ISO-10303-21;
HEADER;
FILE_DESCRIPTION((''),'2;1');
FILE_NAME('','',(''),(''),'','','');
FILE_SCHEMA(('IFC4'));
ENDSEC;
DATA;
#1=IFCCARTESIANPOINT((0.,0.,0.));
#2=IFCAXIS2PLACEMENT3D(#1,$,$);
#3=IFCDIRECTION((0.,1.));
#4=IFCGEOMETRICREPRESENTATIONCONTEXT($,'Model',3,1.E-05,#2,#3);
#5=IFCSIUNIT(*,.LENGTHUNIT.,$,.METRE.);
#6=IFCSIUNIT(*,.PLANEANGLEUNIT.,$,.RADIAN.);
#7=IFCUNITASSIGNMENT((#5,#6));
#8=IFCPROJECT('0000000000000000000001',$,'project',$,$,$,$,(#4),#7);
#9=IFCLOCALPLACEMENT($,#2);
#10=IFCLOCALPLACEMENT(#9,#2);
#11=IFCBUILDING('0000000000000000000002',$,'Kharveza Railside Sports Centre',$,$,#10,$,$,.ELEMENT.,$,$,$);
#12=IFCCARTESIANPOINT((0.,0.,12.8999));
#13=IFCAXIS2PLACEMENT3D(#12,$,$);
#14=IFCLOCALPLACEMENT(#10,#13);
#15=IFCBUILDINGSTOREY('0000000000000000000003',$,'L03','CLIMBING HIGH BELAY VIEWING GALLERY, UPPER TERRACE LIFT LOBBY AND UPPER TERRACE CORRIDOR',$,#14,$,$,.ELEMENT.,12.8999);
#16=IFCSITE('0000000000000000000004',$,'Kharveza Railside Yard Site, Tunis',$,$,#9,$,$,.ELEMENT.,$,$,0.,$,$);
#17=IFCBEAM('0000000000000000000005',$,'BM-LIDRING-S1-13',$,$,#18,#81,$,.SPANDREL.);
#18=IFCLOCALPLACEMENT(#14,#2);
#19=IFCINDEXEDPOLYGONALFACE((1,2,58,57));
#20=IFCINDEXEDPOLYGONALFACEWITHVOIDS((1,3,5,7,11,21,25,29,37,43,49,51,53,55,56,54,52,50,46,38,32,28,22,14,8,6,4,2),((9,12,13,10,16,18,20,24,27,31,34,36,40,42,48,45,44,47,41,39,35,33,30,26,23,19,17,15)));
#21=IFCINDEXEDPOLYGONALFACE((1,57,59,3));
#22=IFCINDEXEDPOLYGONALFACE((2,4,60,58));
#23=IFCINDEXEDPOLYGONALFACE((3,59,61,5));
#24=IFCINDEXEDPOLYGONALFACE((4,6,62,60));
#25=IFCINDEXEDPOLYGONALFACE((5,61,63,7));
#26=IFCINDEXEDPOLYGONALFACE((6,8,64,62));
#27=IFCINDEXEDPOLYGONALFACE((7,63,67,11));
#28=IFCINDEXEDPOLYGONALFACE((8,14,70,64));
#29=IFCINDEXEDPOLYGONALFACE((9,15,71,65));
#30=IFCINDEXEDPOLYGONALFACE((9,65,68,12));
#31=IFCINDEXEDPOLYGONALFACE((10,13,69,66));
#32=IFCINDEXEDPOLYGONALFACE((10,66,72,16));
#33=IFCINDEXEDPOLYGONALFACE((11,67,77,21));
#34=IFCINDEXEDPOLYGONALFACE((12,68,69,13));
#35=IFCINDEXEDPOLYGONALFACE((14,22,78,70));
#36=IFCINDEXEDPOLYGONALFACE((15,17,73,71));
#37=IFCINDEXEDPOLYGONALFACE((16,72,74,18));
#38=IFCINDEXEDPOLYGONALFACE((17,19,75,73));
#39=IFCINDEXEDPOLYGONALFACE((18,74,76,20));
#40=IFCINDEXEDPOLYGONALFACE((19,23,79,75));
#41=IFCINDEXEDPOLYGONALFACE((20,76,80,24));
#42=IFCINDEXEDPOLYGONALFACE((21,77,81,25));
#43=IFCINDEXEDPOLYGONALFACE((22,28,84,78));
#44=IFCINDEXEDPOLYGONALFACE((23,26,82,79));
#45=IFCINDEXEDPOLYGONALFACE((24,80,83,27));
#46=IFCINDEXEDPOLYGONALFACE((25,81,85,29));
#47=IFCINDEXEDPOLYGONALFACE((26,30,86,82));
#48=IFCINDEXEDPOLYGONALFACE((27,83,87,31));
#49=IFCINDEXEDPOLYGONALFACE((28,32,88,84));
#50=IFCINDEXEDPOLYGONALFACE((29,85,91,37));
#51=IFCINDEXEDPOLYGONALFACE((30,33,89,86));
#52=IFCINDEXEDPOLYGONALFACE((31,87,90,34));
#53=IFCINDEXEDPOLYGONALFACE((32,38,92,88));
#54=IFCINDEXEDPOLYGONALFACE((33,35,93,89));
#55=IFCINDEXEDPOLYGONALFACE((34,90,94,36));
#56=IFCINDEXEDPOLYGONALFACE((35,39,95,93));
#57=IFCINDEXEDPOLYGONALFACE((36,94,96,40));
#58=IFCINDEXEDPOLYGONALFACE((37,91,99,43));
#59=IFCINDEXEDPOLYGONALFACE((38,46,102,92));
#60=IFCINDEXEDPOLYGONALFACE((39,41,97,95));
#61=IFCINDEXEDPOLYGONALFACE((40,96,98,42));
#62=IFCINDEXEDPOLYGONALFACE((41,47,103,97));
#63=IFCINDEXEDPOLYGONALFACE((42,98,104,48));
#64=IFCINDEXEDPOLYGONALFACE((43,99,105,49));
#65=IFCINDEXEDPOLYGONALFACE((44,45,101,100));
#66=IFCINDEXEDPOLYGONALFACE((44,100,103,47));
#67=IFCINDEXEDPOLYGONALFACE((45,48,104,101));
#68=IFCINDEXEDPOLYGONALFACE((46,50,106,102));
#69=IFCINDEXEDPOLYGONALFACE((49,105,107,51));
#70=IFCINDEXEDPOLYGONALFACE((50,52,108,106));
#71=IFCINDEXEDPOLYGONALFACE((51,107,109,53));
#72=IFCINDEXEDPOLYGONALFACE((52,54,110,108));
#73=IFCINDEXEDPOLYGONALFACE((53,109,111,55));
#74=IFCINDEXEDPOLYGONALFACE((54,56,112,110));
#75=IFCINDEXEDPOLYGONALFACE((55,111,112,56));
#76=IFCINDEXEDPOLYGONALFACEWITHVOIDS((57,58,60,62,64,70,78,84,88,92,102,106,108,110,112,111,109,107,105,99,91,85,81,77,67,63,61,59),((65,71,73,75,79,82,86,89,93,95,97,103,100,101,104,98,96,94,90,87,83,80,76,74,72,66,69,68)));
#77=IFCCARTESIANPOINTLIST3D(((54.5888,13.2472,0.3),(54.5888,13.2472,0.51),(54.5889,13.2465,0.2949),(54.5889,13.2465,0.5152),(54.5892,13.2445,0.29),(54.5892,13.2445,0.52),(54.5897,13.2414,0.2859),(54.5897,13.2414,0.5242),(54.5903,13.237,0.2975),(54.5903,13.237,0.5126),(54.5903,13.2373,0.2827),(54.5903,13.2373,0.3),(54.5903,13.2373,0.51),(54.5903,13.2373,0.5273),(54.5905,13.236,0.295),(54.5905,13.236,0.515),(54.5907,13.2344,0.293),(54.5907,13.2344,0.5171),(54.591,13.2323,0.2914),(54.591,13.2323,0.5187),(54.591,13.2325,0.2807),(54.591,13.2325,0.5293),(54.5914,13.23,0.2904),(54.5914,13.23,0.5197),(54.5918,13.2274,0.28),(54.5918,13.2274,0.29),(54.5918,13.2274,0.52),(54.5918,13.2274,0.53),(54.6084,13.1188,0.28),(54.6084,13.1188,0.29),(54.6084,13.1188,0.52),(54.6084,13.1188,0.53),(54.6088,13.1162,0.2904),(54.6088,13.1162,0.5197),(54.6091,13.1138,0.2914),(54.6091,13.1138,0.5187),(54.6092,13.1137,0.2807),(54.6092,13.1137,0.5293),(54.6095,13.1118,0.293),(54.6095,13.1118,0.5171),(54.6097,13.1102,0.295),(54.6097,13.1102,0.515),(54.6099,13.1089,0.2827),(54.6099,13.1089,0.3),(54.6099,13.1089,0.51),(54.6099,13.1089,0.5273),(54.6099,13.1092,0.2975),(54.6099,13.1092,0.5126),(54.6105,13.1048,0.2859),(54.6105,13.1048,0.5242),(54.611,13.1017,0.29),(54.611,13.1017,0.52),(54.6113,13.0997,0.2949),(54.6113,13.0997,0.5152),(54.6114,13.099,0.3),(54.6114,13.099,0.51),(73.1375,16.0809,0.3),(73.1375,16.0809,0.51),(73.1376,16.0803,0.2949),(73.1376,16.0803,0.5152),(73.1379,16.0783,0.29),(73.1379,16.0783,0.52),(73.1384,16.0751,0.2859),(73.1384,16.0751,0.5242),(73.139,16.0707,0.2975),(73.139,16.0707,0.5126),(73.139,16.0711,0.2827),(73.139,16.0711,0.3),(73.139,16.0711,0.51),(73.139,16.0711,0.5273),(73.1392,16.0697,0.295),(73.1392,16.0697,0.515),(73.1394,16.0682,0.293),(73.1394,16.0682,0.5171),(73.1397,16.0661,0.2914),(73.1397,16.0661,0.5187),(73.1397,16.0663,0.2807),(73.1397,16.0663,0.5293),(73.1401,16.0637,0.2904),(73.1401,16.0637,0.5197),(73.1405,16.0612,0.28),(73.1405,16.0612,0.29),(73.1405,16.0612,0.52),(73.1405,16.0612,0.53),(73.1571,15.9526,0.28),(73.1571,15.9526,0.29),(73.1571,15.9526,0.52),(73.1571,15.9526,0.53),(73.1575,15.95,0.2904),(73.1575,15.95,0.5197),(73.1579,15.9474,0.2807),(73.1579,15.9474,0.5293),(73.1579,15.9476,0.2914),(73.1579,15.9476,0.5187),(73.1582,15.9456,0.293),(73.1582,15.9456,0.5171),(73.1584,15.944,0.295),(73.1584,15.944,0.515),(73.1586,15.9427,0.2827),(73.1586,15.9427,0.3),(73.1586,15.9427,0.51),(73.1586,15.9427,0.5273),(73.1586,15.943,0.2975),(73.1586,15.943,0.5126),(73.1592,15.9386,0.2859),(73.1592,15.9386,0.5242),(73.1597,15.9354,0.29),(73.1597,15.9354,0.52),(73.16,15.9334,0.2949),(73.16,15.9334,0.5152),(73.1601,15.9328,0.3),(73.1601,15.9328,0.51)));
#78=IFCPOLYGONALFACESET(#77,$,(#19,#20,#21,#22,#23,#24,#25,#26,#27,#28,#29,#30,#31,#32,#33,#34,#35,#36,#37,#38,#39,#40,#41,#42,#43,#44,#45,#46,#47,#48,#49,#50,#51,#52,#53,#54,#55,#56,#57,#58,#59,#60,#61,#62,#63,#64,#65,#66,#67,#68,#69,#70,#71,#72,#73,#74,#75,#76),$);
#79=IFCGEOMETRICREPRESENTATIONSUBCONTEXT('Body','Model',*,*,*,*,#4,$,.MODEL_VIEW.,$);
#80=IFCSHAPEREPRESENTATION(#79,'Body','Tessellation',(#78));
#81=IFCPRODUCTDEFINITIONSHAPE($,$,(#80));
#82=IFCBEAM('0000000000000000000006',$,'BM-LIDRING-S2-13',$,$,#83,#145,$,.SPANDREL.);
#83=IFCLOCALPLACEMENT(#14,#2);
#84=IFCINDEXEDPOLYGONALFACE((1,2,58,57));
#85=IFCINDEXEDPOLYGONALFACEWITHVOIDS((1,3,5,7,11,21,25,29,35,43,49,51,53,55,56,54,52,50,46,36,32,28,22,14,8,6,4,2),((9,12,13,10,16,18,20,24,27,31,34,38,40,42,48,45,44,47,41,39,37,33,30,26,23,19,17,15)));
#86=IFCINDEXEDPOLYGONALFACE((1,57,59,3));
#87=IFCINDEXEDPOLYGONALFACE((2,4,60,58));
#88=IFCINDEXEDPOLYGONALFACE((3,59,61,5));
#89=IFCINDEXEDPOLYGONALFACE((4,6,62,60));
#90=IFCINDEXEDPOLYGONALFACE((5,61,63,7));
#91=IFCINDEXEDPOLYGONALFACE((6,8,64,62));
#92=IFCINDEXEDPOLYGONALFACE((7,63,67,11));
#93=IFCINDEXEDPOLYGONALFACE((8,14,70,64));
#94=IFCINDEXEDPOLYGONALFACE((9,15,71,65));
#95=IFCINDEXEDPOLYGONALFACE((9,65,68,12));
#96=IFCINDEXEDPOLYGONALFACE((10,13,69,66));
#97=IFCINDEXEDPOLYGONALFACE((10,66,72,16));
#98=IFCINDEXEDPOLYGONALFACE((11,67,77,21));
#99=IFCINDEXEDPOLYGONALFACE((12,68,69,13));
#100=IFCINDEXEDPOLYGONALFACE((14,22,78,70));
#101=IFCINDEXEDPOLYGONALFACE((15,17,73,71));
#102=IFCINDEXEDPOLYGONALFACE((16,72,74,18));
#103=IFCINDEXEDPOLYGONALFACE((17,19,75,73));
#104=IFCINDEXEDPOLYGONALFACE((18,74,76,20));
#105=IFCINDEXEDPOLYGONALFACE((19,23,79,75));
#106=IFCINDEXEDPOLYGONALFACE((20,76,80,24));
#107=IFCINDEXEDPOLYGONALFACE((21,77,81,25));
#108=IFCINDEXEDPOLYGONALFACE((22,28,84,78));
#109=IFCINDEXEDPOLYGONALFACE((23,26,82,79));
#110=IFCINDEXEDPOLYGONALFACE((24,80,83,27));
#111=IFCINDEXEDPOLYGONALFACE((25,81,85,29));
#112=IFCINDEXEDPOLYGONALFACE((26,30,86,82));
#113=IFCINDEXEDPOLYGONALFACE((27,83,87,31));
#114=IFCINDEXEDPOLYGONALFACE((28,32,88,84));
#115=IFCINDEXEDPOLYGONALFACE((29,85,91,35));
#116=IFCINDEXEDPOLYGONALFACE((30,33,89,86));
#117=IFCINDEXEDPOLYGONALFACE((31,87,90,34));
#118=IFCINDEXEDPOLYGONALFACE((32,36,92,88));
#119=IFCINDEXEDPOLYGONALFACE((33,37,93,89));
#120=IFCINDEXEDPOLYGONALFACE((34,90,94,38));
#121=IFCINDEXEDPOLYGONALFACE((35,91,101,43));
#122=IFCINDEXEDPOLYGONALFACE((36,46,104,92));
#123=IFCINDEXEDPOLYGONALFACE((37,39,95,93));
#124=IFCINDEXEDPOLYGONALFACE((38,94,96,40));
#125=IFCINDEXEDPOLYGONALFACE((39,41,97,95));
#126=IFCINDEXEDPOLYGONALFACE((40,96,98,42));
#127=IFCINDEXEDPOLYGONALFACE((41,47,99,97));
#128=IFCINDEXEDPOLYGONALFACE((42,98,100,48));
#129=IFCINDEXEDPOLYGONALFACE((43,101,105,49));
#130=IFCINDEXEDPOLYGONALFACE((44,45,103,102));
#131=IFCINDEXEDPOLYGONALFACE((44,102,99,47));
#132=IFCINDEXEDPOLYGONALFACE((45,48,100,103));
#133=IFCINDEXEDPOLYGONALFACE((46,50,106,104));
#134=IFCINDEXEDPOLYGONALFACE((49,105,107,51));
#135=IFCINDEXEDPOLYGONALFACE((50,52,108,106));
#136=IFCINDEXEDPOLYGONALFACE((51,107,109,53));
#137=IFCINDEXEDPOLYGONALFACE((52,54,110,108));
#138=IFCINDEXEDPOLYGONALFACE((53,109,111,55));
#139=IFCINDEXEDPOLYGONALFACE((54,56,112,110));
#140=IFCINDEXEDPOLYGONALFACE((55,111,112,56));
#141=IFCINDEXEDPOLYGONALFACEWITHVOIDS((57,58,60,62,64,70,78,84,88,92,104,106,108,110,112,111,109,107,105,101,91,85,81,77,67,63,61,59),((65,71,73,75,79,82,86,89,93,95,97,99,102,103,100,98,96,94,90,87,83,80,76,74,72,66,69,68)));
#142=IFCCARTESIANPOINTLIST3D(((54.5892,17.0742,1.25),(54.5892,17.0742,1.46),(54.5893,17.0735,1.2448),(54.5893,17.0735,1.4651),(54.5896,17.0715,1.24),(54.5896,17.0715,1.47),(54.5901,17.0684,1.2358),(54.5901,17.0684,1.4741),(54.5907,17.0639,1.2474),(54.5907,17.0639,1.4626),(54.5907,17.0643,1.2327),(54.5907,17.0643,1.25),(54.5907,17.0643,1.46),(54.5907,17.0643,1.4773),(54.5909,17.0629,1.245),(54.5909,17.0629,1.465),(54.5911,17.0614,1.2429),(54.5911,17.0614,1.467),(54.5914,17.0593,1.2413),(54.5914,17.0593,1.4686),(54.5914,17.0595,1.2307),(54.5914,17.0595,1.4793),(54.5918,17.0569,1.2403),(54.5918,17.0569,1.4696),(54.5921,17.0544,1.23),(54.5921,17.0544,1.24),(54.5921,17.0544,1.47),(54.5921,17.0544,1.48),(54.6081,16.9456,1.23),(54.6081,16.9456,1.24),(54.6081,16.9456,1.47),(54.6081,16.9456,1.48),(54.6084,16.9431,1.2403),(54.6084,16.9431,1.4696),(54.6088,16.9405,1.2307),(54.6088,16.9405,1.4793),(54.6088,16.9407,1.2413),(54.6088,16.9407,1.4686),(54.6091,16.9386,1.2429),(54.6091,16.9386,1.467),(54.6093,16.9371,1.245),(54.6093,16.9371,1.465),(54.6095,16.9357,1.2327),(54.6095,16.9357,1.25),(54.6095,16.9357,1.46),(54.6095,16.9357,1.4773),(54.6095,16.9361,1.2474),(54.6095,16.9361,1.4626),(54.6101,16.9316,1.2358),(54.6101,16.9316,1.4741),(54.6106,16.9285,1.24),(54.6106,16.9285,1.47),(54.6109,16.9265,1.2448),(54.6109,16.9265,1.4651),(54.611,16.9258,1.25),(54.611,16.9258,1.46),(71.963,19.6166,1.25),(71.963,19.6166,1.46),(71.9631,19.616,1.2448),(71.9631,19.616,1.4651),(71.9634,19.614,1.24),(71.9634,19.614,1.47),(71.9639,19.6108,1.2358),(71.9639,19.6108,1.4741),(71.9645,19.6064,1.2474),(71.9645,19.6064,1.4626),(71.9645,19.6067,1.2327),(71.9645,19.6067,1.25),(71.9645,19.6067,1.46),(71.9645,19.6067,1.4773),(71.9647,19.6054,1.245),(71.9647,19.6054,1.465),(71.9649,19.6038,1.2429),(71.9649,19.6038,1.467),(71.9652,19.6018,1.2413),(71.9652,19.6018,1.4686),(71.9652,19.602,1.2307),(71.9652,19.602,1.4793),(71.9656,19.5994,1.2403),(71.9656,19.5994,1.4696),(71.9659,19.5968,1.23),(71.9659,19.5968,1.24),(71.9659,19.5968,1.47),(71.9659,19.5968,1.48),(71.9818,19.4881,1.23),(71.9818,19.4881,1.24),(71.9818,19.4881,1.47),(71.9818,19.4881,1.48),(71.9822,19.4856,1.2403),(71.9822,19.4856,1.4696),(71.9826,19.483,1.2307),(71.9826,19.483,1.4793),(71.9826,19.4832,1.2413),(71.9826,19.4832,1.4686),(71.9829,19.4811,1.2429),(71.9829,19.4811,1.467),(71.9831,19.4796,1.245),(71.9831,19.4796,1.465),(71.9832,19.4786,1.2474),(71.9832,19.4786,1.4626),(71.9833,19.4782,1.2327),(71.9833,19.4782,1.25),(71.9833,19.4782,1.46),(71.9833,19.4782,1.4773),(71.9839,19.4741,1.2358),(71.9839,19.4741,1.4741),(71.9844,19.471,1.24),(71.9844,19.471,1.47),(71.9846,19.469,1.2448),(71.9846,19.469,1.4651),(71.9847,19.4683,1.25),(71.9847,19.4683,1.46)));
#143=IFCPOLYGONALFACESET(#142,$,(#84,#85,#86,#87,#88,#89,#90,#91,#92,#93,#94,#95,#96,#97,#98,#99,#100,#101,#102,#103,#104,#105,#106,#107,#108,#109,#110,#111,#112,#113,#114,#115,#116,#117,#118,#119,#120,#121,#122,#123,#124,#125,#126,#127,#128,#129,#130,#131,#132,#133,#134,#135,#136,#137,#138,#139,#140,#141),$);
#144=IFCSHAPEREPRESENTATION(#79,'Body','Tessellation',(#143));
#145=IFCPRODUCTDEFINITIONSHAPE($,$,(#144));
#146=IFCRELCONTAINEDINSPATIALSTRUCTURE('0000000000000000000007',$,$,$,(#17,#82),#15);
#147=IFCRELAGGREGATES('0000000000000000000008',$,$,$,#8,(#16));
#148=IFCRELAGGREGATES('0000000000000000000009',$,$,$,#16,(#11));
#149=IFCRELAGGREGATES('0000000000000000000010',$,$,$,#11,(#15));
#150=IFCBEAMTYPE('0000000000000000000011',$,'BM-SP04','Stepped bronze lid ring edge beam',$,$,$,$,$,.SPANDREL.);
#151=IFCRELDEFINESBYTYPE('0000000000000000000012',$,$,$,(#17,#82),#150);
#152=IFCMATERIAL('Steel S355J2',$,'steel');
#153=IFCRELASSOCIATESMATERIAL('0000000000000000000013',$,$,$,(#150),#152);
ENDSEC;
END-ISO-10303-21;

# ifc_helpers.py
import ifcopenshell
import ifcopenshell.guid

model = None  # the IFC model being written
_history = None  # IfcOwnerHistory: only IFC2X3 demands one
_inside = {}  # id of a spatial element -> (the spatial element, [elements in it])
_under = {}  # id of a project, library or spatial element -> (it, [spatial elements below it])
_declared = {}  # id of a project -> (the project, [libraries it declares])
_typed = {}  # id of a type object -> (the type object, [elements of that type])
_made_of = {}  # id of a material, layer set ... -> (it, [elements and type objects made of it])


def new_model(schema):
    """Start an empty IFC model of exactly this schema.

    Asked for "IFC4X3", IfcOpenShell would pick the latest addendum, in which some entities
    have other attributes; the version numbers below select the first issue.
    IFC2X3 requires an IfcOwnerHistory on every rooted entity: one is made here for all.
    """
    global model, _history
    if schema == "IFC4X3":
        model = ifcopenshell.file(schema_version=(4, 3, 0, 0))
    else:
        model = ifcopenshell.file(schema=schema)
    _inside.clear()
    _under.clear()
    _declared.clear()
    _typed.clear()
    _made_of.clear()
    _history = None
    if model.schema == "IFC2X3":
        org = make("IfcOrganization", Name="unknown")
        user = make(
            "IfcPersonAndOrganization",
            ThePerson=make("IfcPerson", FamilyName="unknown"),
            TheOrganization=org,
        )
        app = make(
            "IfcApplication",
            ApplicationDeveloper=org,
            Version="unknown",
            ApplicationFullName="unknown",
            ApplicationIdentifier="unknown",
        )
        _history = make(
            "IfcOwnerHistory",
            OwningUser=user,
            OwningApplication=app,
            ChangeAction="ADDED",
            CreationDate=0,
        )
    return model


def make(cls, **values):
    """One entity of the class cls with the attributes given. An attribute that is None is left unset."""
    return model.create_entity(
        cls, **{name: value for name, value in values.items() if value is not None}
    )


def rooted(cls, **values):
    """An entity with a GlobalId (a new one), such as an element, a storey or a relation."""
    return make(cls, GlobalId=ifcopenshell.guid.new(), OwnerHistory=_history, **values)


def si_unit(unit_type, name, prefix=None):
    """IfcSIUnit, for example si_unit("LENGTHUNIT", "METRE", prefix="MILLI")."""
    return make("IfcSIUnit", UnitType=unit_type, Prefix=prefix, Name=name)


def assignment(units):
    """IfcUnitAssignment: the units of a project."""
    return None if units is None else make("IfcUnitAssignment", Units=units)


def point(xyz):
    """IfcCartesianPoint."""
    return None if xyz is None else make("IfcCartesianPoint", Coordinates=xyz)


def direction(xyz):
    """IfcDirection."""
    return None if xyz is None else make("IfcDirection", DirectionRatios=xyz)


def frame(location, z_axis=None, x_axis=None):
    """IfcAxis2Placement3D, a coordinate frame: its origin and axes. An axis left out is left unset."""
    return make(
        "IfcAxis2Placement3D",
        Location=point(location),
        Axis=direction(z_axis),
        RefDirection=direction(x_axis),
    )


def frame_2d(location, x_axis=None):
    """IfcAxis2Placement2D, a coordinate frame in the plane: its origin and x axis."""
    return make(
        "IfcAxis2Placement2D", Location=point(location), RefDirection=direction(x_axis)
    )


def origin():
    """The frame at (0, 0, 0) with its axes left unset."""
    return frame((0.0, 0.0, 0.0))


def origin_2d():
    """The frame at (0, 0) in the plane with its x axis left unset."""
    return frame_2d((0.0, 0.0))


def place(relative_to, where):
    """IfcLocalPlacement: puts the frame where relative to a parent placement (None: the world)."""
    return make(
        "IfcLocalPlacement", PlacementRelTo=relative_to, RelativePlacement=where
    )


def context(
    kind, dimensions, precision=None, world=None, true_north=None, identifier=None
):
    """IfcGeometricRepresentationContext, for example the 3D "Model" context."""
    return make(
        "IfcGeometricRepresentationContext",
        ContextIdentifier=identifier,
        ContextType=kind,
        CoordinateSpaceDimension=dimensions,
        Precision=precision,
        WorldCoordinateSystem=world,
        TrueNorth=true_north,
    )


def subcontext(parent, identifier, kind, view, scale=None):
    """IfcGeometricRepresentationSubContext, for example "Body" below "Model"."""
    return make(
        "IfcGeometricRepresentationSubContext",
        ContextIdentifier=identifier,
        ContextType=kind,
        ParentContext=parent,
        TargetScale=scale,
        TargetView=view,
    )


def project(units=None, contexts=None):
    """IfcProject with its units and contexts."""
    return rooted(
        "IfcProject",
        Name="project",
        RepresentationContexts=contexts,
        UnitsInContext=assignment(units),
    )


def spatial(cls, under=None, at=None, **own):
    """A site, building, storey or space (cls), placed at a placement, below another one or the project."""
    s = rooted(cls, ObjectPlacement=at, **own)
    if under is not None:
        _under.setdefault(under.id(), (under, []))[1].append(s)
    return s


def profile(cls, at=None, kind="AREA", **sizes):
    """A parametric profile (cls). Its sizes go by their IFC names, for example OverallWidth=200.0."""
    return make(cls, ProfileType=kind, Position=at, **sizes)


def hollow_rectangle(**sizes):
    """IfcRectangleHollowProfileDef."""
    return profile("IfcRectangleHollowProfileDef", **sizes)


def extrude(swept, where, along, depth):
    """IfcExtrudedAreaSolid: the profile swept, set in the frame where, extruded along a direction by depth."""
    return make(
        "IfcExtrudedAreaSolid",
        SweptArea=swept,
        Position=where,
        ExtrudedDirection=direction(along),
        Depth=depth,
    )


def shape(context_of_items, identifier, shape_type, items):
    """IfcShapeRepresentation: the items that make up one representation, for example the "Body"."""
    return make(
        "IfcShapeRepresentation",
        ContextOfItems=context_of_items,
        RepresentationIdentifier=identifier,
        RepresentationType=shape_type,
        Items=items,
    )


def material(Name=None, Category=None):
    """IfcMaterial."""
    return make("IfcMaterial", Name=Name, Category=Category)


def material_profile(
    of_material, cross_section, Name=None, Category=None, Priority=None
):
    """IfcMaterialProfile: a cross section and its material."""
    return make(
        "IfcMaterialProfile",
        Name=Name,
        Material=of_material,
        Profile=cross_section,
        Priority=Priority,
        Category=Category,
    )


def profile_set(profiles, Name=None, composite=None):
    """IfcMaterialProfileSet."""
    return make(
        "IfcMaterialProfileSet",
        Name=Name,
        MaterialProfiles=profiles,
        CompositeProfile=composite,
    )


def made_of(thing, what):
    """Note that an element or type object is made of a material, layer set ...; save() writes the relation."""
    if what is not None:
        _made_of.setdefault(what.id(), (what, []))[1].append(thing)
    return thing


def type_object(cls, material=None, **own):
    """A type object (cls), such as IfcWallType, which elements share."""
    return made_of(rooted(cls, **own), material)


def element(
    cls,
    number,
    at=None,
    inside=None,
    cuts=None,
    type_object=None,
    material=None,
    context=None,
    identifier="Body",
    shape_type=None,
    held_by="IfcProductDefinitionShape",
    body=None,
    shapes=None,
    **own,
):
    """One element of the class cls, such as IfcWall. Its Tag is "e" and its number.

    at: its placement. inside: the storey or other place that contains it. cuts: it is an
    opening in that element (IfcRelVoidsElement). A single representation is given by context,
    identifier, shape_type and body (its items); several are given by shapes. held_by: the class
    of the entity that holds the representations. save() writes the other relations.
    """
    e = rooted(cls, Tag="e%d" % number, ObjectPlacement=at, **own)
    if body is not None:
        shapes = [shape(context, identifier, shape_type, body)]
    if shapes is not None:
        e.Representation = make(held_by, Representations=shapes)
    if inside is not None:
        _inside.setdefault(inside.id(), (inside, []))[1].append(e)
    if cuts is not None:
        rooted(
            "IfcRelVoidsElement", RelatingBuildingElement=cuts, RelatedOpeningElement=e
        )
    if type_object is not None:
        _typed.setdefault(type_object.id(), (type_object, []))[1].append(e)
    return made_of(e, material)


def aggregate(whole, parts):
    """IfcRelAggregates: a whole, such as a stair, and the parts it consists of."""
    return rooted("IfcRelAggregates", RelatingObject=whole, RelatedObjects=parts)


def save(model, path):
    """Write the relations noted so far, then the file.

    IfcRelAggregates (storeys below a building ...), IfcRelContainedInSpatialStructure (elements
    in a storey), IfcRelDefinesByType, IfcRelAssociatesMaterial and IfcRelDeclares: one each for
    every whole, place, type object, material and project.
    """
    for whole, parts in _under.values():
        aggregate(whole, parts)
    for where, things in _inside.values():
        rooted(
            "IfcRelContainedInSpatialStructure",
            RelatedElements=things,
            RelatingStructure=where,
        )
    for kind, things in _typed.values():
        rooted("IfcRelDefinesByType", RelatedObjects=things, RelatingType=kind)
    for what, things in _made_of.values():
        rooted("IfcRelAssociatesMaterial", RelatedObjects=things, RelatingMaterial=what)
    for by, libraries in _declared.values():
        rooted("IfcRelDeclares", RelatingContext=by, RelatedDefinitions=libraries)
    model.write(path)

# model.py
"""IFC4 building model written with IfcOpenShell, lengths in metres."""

from ifc_helpers import new_model, si_unit, direction, frame, origin, origin_2d, place, context, subcontext, project, spatial, hollow_rectangle, extrude, material, material_profile, profile_set, type_object, element, save


model = new_model("IFC4")

# Units and contexts
model_context = context("Model", 3, precision=1e-05, world=origin(), true_north=direction((0.0, 1.0)))
body_context = subcontext(model_context, "Body", "Model", "MODEL_VIEW")
ifc_project = project(units=[si_unit("LENGTHUNIT", "METRE"), si_unit("PLANEANGLEUNIT", "RADIAN")], contexts=[model_context])

# Site, building, storey
site_placement = place(None, origin())
site = spatial("IfcSite", under=ifc_project, at=site_placement, Name="Kharveza Railside Yard Site, Tunis", CompositionType="ELEMENT", RefElevation=0.0)
building_placement = place(site_placement, origin())
building = spatial("IfcBuilding", under=site, at=building_placement, Name="Kharveza Railside Sports Centre", CompositionType="ELEMENT")
storey_placement = place(building_placement, frame((0.0, 0.0, 12.8999)))
storey = spatial("IfcBuildingStorey", under=building, at=storey_placement, Name="L03", Description="CLIMBING HIGH BELAY VIEWING GALLERY, UPPER TERRACE LIFT LOBBY AND UPPER TERRACE CORRIDOR", CompositionType="ELEMENT", Elevation=12.8999)

# Beams
ifc_material_1 = material(Name="Steel S355J2", Category="steel")
ifc_material_profile_1 = material_profile(ifc_material_1, hollow_rectangle(XDim=0.1499, YDim=0.25, WallThickness=0.01, InnerFilletRadius=0.01, OuterFilletRadius=0.02, at=origin_2d()), Name="RHS 150x250x10.0")
ifc_profile_set_1 = profile_set([ifc_material_profile_1], Name="Steel S355J2")
beam_type = type_object("IfcBeamType", Name="BM-SP04", Description="Stepped bronze lid ring edge beam", PredefinedType="SPANDREL", material=ifc_profile_set_1)
beam_1_placement = place(storey_placement, frame((54.6001, 13.1731, 0.405), z_axis=(0.98853, 0.151022, 0.0), x_axis=(-0.151022, 0.98853, 0.0)))
element("IfcBeam", 1, at=beam_1_placement, inside=storey, type_object=beam_type, Name="BM-LIDRING-S1-13", PredefinedType="SPANDREL", context=body_context, shape_type="SweptSolid", body=[
    extrude(hollow_rectangle(XDim=0.1499, YDim=0.25, WallThickness=0.01, InnerFilletRadius=0.01, OuterFilletRadius=0.02, at=origin_2d()), origin(), (0.0, 0.0, 1.0), 18.7639),
])
beam_2_placement = place(storey_placement, frame((54.6001, 17.0, 1.355), z_axis=(0.989461, 0.144798, 0.0), x_axis=(-0.144798, 0.989461, 0.0)))
element("IfcBeam", 2, at=beam_2_placement, inside=storey, type_object=beam_type, Name="BM-LIDRING-S2-13", PredefinedType="SPANDREL", context=body_context, shape_type="SweptSolid", body=[
    extrude(hollow_rectangle(XDim=0.1499, YDim=0.25, WallThickness=0.01, InnerFilletRadius=0.01, OuterFilletRadius=0.02, at=origin_2d()), origin(), (0.0, 0.0, 1.0), 17.5588),
])

save(model, "model.ifc")
